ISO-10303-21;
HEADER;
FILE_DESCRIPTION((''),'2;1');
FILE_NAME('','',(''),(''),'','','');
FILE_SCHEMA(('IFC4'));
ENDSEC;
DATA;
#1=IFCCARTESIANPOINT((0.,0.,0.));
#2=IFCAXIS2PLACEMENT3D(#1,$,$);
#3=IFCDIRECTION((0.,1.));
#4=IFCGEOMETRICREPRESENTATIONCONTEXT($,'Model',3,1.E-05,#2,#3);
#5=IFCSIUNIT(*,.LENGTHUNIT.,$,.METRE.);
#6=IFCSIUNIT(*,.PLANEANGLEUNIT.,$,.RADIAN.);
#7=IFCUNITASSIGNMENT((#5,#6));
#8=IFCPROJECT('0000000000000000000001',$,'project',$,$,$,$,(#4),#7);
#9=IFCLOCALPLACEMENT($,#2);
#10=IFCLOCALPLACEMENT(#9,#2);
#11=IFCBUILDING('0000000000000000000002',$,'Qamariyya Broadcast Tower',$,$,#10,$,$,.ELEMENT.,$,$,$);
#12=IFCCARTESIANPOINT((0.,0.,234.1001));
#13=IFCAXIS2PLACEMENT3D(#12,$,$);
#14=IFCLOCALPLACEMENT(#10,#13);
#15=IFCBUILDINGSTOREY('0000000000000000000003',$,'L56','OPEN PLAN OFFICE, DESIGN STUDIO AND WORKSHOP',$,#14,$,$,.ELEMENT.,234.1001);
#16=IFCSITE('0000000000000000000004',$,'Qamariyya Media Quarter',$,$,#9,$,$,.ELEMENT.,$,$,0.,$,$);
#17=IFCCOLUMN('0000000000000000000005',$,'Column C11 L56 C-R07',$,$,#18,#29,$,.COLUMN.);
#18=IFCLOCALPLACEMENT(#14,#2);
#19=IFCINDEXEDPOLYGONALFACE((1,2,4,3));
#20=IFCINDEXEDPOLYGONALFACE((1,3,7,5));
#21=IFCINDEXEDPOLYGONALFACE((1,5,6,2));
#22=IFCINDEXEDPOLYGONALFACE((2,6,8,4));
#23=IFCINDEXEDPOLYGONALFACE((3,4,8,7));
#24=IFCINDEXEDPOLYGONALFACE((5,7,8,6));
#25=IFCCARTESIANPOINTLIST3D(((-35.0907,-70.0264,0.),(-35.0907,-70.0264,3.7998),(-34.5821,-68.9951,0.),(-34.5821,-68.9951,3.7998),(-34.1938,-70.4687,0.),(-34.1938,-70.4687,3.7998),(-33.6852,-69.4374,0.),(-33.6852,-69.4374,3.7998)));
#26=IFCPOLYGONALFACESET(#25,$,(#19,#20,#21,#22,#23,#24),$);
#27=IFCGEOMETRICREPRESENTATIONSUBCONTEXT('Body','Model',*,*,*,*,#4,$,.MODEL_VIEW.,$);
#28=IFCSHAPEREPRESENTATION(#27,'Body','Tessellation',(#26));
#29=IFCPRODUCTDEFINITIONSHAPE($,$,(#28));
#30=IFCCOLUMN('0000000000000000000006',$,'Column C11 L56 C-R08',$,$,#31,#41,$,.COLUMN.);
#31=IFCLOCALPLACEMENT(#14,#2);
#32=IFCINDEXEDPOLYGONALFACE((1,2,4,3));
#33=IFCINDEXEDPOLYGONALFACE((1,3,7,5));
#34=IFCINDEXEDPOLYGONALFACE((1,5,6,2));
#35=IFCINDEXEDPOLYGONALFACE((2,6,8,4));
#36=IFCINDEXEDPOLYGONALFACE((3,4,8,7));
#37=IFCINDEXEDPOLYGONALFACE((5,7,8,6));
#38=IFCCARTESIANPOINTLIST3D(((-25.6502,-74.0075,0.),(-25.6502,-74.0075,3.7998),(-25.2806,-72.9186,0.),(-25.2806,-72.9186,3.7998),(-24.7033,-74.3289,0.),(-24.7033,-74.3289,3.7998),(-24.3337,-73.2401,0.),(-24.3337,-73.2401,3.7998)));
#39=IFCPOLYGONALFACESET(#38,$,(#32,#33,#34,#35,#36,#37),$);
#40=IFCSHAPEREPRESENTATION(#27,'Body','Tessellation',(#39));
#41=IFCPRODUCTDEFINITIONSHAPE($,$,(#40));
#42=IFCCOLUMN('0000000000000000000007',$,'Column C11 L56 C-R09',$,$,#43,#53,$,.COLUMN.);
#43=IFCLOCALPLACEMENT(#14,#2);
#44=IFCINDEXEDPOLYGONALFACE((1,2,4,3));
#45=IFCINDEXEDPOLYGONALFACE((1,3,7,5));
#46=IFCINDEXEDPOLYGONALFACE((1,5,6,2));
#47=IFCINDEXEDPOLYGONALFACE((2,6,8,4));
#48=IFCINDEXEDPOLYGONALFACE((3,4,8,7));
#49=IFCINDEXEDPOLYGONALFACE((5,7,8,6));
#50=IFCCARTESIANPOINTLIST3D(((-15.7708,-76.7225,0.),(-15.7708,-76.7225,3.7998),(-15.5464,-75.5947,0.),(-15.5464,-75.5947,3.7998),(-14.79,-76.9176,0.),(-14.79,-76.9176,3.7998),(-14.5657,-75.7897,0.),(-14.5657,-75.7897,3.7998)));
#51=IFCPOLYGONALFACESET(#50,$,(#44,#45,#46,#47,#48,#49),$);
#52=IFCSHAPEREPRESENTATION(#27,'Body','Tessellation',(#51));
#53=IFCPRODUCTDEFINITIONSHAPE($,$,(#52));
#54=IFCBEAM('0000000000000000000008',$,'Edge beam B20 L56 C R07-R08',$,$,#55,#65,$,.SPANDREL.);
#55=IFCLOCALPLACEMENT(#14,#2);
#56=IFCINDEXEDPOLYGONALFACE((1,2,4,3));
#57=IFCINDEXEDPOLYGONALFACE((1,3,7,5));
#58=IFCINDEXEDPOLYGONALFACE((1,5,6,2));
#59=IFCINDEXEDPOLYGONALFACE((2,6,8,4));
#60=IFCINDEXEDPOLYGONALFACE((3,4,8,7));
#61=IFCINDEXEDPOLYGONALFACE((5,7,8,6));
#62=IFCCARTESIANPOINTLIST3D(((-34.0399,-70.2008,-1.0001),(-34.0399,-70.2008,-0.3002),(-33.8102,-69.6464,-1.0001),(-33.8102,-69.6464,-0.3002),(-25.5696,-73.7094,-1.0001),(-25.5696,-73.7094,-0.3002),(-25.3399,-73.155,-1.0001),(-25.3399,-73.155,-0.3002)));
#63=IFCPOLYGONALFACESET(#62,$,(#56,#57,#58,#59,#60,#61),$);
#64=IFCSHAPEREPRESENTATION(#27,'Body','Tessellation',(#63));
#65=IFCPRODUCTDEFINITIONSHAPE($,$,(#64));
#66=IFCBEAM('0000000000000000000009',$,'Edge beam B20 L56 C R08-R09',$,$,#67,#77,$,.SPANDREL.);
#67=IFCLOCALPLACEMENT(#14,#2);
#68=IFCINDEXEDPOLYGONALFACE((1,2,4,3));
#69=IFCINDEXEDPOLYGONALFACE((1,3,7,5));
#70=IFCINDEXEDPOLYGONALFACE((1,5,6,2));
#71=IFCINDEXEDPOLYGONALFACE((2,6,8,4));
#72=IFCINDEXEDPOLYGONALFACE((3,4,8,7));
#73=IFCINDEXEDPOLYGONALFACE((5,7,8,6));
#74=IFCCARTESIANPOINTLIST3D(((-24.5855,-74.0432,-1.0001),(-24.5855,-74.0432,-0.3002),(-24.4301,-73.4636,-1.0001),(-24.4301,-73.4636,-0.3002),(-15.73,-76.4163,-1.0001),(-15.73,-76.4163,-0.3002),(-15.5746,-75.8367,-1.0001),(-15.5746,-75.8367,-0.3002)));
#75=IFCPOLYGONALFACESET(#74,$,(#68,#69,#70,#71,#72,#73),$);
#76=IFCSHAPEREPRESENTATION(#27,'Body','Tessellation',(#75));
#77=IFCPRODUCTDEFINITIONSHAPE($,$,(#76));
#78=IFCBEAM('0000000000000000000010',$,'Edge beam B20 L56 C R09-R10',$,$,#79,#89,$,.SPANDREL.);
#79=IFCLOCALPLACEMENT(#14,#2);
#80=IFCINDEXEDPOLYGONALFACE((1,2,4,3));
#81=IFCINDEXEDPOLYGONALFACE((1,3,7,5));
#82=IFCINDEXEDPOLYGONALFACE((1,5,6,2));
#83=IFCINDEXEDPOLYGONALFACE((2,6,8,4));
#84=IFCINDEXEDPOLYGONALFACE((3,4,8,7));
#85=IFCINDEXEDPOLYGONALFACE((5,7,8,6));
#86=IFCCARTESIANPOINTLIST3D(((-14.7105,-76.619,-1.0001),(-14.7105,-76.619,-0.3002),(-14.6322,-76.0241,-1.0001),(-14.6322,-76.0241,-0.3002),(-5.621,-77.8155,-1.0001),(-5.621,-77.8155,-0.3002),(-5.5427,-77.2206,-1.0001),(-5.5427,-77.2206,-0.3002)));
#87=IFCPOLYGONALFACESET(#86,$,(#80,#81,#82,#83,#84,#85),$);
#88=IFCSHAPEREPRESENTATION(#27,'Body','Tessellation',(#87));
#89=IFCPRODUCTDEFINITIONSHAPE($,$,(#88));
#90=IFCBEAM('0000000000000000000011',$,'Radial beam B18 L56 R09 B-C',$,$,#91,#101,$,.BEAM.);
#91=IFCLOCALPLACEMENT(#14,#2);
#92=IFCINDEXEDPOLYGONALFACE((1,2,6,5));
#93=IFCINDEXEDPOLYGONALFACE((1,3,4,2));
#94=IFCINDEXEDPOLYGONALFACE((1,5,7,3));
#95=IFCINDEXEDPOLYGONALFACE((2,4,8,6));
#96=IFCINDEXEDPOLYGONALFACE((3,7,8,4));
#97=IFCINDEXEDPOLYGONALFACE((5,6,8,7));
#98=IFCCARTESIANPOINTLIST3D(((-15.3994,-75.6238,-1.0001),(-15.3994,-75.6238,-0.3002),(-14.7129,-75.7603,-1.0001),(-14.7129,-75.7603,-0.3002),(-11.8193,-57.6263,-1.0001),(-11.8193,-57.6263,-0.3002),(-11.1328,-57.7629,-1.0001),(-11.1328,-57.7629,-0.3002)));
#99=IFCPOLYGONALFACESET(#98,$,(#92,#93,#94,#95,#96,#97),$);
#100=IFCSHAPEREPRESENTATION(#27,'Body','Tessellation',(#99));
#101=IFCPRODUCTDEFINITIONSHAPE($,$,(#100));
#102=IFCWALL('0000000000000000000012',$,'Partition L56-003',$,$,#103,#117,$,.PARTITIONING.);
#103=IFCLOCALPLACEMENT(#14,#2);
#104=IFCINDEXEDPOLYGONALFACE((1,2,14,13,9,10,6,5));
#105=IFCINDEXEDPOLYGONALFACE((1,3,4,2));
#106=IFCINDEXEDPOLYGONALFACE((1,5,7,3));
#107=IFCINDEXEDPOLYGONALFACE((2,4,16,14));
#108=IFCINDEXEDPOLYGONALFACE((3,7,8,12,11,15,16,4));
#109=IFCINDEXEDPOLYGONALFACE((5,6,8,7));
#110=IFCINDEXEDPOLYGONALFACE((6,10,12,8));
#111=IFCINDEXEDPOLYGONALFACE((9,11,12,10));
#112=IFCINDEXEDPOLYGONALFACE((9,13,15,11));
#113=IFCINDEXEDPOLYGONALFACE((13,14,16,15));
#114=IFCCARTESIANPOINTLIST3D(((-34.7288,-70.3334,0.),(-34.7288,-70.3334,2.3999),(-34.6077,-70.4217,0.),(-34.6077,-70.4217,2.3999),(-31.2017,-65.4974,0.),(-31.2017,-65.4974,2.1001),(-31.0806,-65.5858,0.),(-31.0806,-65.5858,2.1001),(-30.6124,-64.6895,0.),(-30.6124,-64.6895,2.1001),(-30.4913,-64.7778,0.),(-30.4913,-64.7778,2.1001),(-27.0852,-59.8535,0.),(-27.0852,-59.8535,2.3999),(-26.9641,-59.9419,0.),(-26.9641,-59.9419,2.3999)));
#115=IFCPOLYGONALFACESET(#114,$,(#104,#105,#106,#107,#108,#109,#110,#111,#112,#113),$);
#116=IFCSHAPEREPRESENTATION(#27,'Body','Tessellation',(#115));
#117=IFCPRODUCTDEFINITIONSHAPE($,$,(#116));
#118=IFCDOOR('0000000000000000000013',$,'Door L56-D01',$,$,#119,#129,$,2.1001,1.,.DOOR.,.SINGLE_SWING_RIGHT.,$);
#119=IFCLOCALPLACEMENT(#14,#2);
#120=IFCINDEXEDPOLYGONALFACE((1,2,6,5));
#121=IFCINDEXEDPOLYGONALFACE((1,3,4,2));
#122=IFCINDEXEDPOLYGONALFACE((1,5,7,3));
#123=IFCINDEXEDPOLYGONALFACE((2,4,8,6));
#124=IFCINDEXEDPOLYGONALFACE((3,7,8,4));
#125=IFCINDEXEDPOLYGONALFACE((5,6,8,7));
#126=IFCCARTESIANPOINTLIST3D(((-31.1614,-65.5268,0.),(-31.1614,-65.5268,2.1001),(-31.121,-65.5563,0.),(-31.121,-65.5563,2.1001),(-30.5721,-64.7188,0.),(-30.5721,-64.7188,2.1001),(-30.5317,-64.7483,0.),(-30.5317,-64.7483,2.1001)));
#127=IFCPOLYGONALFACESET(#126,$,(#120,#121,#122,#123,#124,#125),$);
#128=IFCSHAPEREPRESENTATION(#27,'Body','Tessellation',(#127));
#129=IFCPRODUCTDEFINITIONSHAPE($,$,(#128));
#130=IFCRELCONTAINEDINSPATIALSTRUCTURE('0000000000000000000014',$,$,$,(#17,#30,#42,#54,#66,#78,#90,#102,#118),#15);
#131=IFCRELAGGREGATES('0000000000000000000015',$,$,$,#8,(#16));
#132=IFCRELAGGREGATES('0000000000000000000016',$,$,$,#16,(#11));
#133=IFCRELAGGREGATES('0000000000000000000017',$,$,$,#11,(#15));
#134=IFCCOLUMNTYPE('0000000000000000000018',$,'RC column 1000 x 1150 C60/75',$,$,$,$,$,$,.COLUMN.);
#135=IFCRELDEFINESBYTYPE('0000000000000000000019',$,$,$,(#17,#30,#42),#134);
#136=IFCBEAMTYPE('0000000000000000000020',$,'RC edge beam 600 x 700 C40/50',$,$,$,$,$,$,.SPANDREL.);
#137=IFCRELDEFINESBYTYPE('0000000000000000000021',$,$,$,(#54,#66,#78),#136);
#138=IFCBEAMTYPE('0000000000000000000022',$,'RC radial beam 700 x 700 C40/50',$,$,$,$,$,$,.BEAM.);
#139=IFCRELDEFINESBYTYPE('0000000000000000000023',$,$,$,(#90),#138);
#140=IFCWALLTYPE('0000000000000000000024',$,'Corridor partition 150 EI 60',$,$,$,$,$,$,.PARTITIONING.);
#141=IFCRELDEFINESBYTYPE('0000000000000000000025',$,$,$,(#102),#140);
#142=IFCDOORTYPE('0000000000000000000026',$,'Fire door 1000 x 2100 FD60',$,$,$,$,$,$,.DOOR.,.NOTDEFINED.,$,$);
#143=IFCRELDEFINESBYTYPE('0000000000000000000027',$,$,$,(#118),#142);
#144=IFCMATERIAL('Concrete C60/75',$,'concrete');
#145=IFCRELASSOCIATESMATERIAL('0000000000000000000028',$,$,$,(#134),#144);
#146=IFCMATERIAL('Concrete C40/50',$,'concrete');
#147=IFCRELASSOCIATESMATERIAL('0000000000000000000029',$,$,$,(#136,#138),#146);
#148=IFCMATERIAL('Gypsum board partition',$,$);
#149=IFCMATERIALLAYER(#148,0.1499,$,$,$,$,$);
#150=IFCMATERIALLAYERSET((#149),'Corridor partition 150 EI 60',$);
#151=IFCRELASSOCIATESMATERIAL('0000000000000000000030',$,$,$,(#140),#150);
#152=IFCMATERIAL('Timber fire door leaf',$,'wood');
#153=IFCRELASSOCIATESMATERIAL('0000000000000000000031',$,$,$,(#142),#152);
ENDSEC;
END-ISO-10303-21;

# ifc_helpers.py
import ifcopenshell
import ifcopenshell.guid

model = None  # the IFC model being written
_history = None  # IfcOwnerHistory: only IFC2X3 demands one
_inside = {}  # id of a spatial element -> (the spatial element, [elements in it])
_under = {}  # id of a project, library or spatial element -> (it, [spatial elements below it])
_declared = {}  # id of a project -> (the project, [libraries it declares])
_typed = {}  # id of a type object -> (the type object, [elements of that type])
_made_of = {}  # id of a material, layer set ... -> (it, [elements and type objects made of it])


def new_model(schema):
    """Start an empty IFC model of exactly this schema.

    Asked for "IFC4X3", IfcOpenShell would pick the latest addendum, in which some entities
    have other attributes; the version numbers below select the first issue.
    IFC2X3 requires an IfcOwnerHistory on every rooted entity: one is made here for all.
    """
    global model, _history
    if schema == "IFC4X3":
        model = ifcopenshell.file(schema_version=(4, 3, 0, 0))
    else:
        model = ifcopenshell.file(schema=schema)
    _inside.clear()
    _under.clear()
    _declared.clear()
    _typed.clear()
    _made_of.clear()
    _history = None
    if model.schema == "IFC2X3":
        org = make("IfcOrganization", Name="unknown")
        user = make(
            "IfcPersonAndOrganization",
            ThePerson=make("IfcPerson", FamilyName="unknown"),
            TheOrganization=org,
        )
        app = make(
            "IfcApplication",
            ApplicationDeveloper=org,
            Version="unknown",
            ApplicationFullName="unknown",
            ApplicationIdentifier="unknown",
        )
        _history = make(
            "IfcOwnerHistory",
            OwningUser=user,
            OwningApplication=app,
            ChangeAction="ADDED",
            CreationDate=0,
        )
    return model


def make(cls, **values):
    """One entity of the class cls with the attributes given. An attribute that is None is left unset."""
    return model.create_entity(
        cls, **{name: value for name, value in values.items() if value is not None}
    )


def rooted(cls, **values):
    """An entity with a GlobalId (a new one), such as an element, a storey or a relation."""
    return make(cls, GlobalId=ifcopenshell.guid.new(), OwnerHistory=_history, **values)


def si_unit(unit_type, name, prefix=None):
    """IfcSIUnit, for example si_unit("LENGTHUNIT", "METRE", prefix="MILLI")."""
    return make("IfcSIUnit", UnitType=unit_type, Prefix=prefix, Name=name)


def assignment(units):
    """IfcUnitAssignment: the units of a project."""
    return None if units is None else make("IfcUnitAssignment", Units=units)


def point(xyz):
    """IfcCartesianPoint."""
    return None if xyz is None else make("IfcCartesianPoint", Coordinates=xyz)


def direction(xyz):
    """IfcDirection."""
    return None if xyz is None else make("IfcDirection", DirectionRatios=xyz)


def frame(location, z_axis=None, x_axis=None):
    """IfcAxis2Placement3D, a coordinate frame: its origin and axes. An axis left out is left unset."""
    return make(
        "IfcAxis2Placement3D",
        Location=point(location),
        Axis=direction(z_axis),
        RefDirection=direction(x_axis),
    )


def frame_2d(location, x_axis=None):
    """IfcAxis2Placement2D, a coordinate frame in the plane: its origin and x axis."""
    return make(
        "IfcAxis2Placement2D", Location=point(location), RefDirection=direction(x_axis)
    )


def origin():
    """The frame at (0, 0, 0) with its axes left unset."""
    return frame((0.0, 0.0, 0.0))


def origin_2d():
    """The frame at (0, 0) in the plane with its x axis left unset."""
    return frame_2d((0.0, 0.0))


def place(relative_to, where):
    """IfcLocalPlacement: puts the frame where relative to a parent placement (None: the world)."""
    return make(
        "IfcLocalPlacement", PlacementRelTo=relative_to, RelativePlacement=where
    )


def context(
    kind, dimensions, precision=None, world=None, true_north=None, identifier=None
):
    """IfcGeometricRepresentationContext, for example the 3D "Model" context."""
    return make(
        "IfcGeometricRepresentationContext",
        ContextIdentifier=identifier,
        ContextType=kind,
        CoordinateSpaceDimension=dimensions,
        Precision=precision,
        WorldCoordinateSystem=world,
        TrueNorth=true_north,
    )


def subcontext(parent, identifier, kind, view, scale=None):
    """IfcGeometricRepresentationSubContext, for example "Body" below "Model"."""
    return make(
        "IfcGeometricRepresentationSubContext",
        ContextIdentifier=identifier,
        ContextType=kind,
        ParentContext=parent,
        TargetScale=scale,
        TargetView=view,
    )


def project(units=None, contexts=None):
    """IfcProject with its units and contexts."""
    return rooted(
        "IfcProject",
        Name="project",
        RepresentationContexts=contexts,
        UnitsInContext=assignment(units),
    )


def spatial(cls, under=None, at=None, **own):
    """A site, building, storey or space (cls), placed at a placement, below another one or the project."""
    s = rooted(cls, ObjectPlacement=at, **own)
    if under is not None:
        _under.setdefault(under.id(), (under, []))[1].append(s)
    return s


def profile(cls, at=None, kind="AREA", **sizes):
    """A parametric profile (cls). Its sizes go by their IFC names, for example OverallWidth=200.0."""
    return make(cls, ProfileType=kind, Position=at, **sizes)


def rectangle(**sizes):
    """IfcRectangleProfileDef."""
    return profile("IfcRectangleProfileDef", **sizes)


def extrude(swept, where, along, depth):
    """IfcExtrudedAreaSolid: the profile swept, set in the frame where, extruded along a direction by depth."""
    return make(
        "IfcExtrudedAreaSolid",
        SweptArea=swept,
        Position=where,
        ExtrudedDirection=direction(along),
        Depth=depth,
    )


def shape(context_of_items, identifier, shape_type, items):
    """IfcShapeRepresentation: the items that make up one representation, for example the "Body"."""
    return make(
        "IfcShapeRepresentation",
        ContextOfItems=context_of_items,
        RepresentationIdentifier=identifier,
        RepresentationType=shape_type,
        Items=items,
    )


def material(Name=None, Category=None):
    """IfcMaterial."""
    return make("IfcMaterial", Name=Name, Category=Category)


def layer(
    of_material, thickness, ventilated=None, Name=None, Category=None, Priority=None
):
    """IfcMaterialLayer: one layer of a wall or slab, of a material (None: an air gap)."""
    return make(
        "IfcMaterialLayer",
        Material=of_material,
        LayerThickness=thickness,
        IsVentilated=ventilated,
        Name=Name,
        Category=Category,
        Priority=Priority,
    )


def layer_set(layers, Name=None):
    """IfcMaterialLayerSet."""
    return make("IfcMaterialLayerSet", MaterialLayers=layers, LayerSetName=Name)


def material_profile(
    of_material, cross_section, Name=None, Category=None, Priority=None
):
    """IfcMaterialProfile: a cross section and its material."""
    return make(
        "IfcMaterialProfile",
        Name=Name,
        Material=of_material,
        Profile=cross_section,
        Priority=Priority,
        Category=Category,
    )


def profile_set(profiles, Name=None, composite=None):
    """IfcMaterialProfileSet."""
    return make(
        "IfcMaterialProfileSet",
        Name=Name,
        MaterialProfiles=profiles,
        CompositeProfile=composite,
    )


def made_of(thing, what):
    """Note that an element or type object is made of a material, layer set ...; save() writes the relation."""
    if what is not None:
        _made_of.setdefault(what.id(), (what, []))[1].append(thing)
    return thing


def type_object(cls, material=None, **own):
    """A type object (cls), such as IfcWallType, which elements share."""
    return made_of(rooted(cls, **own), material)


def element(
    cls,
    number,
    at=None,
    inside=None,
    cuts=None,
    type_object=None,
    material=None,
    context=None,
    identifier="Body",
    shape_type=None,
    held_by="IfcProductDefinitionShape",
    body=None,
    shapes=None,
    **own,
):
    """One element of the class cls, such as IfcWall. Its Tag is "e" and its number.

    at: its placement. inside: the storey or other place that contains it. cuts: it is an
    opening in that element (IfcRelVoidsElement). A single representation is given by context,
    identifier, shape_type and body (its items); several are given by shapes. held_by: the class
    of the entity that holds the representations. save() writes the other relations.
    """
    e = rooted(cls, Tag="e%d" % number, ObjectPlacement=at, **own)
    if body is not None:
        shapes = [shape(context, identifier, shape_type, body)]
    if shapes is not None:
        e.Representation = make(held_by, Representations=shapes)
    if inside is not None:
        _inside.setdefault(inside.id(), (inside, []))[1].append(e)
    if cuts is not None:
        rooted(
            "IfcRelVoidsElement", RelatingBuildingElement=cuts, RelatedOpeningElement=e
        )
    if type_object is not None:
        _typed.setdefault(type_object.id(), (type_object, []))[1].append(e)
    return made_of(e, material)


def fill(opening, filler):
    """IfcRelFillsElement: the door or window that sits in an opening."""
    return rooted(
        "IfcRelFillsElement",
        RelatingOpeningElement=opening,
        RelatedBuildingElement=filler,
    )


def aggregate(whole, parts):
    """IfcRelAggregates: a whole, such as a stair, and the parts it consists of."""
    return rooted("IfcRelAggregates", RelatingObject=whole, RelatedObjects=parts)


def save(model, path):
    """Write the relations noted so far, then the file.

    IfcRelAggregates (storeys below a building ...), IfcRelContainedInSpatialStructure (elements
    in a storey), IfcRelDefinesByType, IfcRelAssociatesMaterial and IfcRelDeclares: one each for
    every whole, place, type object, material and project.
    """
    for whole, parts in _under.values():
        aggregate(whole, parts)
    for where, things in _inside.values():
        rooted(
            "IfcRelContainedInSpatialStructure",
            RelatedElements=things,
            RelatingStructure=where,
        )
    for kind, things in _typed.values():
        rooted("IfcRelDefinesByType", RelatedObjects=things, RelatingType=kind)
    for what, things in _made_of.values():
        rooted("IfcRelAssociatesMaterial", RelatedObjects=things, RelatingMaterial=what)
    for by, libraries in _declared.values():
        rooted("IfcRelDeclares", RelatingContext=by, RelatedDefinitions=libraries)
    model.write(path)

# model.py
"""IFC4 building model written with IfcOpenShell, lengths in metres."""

from ifc_helpers import new_model, si_unit, direction, frame, frame_2d, origin, origin_2d, place, context, subcontext, project, spatial, rectangle, extrude, material, layer, layer_set, material_profile, profile_set, type_object, element, fill, save


model = new_model("IFC4")

# Units and contexts
model_context = context("Model", 3, precision=1e-05, world=origin(), true_north=direction((0.0, 1.0)))
body_context = subcontext(model_context, "Body", "Model", "MODEL_VIEW")
ifc_project = project(units=[si_unit("LENGTHUNIT", "METRE"), si_unit("PLANEANGLEUNIT", "RADIAN")], contexts=[model_context])

# Site, building, storey
site_placement = place(None, origin())
site = spatial("IfcSite", under=ifc_project, at=site_placement, Name="Qamariyya Media Quarter", CompositionType="ELEMENT", RefElevation=0.0)
building_placement = place(site_placement, origin())
building = spatial("IfcBuilding", under=site, at=building_placement, Name="Qamariyya Broadcast Tower", CompositionType="ELEMENT")
storey_placement = place(building_placement, frame((0.0, 0.0, 234.1001)))
storey = spatial("IfcBuildingStorey", under=building, at=storey_placement, Name="L56", Description="OPEN PLAN OFFICE, DESIGN STUDIO AND WORKSHOP", CompositionType="ELEMENT", Elevation=234.1001)

# Columns
ifc_material_1 = material(Name="Concrete C60/75", Category="concrete")
ifc_material_profile_1 = material_profile(ifc_material_1, rectangle(XDim=1.0, YDim=1.1499, at=origin_2d()))
ifc_profile_set_1 = profile_set([ifc_material_profile_1], Name="Concrete C60/75")
column_type = type_object("IfcColumnType", Name="RC column 1000 x 1150 C60/75", PredefinedType="COLUMN", material=ifc_profile_set_1)
for number, where, z_axis, x_axis, name in (
    (1, (-34.3879, -69.7319, 0.0), (0.0, 0.0, 1.0), (0.896873, -0.442289, 0.0), "Column C11 L56 C-R07"),
    (2, (-24.9919, -73.6238, 0.0), (0.0, 0.0, 1.0), (0.94693, -0.321439, 0.0), "Column C11 L56 C-R08"),
    (3, (-15.1682, -76.2561, 0.0), (0.0, 0.0, 1.0), (0.980785, -0.19509, 0.0), "Column C11 L56 C-R09"),
):
    element("IfcColumn", number, at=place(storey_placement, frame(where, z_axis=z_axis, x_axis=x_axis)), inside=storey, type_object=column_type, Name=name, PredefinedType="COLUMN", context=body_context, shape_type="SweptSolid", body=[
        extrude(rectangle(XDim=1.0, YDim=1.1499, at=origin_2d()), origin(), (0.0, 0.0, 1.0), 3.7998),
    ])

# Beams
ifc_material_2 = material(Name="Concrete C40/50", Category="concrete")
ifc_material_profile_2 = material_profile(ifc_material_2, rectangle(XDim=0.6001, YDim=0.7, at=origin_2d()))
ifc_profile_set_2 = profile_set([ifc_material_profile_2], Name="Concrete C40/50")
beam_type_1 = type_object("IfcBeamType", Name="RC edge beam 600 x 700 C40/50", PredefinedType="SPANDREL", material=ifc_profile_set_2)
beam_1_placement = place(storey_placement, frame((-33.925, -69.9236, -0.6501), z_axis=(0.923877, -0.38269, 0.0), x_axis=(0.38269, 0.923877, 0.0)))
element("IfcBeam", 4, at=beam_1_placement, inside=storey, type_object=beam_type_1, Name="Edge beam B20 L56 C R07-R08", PredefinedType="SPANDREL", context=body_context, shape_type="SweptSolid", body=[
    extrude(rectangle(XDim=0.6001, YDim=0.7, at=origin_2d()), origin(), (0.0, 0.0, 1.0), 9.1682),
])
for number, where, z_axis, x_axis, name in (
    (5, (-24.5078, -73.7534, -0.6501), (0.96592, -0.258843, 0.0), (0.258843, 0.96592, 0.0), "Edge beam B20 L56 C R08-R09"),
    (6, (-14.6714, -76.3215, -0.6501), (0.991447, -0.130512, 0.0), (0.130512, 0.991447, 0.0), "Edge beam B20 L56 C R09-R10"),
):
    element("IfcBeam", number, at=place(storey_placement, frame(where, z_axis=z_axis, x_axis=x_axis)), inside=storey, type_object=beam_type_1, Name=name, PredefinedType="SPANDREL", context=body_context, shape_type="SweptSolid", body=[
        extrude(rectangle(XDim=0.6001, YDim=0.7, at=origin_2d()), origin(), (0.0, 0.0, 1.0), 9.168),
    ])
ifc_material_profile_3 = material_profile(ifc_material_2, rectangle(XDim=0.7, YDim=0.7, at=origin_2d()))
ifc_profile_set_3 = profile_set([ifc_material_profile_3], Name="Concrete C40/50")
beam_type_2 = type_object("IfcBeamType", Name="RC radial beam 700 x 700 C40/50", PredefinedType="BEAM", material=ifc_profile_set_3)
beam_2_placement = place(storey_placement, frame((-11.4761, -57.6946, -0.6501), z_axis=(-0.195098, -0.980784, 0.0), x_axis=(0.980784, -0.195098, 0.0)))
element("IfcBeam", 7, at=beam_2_placement, inside=storey, type_object=beam_type_2, Name="Radial beam B18 L56 R09 B-C", PredefinedType="BEAM", context=body_context, shape_type="SweptSolid", body=[
    extrude(rectangle(XDim=0.7, YDim=0.7, at=origin_2d()), origin(), (0.0, 0.0, 1.0), 18.3501),
])

# Wall, opening, door
ifc_material_3 = material(Name="Gypsum board partition")
ifc_layer_1 = layer(ifc_material_3, 0.1499)
ifc_layer_set_1 = layer_set([ifc_layer_1], Name="Corridor partition 150 EI 60")
wall_type_1 = type_object("IfcWallType", Name="Corridor partition 150 EI 60", PredefinedType="PARTITIONING", material=ifc_layer_set_1)
wall_1_placement = place(storey_placement, frame((-27.0247, -59.8977, 0.0), z_axis=(0.0, 0.0, 1.0), x_axis=(-0.589277, -0.807931, 0.0)))
wall_1 = element("IfcWall", 8, at=wall_1_placement, inside=storey, type_object=wall_type_1, Name="Partition L56-003", PredefinedType="PARTITIONING", context=body_context, shape_type="SweptSolid", body=[
    extrude(rectangle(XDim=12.9712, YDim=0.1499, at=frame_2d((6.4856, 0.0))), origin(), (0.0, 0.0, 1.0), 2.3999),
])
opening_1_placement = place(wall_1_placement, frame((5.9856, 0.0, 0.0)))
opening_1 = element("IfcOpeningElement", 9, at=opening_1_placement, cuts=wall_1, PredefinedType="OPENING", context=body_context, shape_type="SweptSolid", body=[
    extrude(rectangle(XDim=1.0, YDim=2.1001, at=frame_2d((0.5, 1.05))), frame((0.0, 0.085, 0.0), z_axis=(0.0, -1.0, 0.0), x_axis=(1.0, 0.0, 0.0)), (0.0, 0.0, 1.0), 0.1699),
])
ifc_material_4 = material(Name="Timber fire door leaf", Category="wood")
door_type_1 = type_object("IfcDoorType", Name="Fire door 1000 x 2100 FD60", OperationType="NOTDEFINED", PredefinedType="DOOR", material=ifc_material_4)
door_1_placement = place(opening_1_placement, origin())
door_1 = element("IfcDoor", 10, at=door_1_placement, inside=storey, type_object=door_type_1, Name="Door L56-D01", OperationType="SINGLE_SWING_RIGHT", OverallHeight=2.1001, OverallWidth=1.0, PredefinedType="DOOR", context=body_context, shape_type="SweptSolid", body=[
    extrude(rectangle(XDim=1.0, YDim=2.1001, at=frame_2d((0.5, 1.05))), frame((0.0, 0.0249, 0.0), z_axis=(0.0, -1.0, 0.0), x_axis=(1.0, 0.0, 0.0)), (0.0, 0.0, 1.0), 0.05),
])
fill(opening_1, door_1)

save(model, "model.ifc")
